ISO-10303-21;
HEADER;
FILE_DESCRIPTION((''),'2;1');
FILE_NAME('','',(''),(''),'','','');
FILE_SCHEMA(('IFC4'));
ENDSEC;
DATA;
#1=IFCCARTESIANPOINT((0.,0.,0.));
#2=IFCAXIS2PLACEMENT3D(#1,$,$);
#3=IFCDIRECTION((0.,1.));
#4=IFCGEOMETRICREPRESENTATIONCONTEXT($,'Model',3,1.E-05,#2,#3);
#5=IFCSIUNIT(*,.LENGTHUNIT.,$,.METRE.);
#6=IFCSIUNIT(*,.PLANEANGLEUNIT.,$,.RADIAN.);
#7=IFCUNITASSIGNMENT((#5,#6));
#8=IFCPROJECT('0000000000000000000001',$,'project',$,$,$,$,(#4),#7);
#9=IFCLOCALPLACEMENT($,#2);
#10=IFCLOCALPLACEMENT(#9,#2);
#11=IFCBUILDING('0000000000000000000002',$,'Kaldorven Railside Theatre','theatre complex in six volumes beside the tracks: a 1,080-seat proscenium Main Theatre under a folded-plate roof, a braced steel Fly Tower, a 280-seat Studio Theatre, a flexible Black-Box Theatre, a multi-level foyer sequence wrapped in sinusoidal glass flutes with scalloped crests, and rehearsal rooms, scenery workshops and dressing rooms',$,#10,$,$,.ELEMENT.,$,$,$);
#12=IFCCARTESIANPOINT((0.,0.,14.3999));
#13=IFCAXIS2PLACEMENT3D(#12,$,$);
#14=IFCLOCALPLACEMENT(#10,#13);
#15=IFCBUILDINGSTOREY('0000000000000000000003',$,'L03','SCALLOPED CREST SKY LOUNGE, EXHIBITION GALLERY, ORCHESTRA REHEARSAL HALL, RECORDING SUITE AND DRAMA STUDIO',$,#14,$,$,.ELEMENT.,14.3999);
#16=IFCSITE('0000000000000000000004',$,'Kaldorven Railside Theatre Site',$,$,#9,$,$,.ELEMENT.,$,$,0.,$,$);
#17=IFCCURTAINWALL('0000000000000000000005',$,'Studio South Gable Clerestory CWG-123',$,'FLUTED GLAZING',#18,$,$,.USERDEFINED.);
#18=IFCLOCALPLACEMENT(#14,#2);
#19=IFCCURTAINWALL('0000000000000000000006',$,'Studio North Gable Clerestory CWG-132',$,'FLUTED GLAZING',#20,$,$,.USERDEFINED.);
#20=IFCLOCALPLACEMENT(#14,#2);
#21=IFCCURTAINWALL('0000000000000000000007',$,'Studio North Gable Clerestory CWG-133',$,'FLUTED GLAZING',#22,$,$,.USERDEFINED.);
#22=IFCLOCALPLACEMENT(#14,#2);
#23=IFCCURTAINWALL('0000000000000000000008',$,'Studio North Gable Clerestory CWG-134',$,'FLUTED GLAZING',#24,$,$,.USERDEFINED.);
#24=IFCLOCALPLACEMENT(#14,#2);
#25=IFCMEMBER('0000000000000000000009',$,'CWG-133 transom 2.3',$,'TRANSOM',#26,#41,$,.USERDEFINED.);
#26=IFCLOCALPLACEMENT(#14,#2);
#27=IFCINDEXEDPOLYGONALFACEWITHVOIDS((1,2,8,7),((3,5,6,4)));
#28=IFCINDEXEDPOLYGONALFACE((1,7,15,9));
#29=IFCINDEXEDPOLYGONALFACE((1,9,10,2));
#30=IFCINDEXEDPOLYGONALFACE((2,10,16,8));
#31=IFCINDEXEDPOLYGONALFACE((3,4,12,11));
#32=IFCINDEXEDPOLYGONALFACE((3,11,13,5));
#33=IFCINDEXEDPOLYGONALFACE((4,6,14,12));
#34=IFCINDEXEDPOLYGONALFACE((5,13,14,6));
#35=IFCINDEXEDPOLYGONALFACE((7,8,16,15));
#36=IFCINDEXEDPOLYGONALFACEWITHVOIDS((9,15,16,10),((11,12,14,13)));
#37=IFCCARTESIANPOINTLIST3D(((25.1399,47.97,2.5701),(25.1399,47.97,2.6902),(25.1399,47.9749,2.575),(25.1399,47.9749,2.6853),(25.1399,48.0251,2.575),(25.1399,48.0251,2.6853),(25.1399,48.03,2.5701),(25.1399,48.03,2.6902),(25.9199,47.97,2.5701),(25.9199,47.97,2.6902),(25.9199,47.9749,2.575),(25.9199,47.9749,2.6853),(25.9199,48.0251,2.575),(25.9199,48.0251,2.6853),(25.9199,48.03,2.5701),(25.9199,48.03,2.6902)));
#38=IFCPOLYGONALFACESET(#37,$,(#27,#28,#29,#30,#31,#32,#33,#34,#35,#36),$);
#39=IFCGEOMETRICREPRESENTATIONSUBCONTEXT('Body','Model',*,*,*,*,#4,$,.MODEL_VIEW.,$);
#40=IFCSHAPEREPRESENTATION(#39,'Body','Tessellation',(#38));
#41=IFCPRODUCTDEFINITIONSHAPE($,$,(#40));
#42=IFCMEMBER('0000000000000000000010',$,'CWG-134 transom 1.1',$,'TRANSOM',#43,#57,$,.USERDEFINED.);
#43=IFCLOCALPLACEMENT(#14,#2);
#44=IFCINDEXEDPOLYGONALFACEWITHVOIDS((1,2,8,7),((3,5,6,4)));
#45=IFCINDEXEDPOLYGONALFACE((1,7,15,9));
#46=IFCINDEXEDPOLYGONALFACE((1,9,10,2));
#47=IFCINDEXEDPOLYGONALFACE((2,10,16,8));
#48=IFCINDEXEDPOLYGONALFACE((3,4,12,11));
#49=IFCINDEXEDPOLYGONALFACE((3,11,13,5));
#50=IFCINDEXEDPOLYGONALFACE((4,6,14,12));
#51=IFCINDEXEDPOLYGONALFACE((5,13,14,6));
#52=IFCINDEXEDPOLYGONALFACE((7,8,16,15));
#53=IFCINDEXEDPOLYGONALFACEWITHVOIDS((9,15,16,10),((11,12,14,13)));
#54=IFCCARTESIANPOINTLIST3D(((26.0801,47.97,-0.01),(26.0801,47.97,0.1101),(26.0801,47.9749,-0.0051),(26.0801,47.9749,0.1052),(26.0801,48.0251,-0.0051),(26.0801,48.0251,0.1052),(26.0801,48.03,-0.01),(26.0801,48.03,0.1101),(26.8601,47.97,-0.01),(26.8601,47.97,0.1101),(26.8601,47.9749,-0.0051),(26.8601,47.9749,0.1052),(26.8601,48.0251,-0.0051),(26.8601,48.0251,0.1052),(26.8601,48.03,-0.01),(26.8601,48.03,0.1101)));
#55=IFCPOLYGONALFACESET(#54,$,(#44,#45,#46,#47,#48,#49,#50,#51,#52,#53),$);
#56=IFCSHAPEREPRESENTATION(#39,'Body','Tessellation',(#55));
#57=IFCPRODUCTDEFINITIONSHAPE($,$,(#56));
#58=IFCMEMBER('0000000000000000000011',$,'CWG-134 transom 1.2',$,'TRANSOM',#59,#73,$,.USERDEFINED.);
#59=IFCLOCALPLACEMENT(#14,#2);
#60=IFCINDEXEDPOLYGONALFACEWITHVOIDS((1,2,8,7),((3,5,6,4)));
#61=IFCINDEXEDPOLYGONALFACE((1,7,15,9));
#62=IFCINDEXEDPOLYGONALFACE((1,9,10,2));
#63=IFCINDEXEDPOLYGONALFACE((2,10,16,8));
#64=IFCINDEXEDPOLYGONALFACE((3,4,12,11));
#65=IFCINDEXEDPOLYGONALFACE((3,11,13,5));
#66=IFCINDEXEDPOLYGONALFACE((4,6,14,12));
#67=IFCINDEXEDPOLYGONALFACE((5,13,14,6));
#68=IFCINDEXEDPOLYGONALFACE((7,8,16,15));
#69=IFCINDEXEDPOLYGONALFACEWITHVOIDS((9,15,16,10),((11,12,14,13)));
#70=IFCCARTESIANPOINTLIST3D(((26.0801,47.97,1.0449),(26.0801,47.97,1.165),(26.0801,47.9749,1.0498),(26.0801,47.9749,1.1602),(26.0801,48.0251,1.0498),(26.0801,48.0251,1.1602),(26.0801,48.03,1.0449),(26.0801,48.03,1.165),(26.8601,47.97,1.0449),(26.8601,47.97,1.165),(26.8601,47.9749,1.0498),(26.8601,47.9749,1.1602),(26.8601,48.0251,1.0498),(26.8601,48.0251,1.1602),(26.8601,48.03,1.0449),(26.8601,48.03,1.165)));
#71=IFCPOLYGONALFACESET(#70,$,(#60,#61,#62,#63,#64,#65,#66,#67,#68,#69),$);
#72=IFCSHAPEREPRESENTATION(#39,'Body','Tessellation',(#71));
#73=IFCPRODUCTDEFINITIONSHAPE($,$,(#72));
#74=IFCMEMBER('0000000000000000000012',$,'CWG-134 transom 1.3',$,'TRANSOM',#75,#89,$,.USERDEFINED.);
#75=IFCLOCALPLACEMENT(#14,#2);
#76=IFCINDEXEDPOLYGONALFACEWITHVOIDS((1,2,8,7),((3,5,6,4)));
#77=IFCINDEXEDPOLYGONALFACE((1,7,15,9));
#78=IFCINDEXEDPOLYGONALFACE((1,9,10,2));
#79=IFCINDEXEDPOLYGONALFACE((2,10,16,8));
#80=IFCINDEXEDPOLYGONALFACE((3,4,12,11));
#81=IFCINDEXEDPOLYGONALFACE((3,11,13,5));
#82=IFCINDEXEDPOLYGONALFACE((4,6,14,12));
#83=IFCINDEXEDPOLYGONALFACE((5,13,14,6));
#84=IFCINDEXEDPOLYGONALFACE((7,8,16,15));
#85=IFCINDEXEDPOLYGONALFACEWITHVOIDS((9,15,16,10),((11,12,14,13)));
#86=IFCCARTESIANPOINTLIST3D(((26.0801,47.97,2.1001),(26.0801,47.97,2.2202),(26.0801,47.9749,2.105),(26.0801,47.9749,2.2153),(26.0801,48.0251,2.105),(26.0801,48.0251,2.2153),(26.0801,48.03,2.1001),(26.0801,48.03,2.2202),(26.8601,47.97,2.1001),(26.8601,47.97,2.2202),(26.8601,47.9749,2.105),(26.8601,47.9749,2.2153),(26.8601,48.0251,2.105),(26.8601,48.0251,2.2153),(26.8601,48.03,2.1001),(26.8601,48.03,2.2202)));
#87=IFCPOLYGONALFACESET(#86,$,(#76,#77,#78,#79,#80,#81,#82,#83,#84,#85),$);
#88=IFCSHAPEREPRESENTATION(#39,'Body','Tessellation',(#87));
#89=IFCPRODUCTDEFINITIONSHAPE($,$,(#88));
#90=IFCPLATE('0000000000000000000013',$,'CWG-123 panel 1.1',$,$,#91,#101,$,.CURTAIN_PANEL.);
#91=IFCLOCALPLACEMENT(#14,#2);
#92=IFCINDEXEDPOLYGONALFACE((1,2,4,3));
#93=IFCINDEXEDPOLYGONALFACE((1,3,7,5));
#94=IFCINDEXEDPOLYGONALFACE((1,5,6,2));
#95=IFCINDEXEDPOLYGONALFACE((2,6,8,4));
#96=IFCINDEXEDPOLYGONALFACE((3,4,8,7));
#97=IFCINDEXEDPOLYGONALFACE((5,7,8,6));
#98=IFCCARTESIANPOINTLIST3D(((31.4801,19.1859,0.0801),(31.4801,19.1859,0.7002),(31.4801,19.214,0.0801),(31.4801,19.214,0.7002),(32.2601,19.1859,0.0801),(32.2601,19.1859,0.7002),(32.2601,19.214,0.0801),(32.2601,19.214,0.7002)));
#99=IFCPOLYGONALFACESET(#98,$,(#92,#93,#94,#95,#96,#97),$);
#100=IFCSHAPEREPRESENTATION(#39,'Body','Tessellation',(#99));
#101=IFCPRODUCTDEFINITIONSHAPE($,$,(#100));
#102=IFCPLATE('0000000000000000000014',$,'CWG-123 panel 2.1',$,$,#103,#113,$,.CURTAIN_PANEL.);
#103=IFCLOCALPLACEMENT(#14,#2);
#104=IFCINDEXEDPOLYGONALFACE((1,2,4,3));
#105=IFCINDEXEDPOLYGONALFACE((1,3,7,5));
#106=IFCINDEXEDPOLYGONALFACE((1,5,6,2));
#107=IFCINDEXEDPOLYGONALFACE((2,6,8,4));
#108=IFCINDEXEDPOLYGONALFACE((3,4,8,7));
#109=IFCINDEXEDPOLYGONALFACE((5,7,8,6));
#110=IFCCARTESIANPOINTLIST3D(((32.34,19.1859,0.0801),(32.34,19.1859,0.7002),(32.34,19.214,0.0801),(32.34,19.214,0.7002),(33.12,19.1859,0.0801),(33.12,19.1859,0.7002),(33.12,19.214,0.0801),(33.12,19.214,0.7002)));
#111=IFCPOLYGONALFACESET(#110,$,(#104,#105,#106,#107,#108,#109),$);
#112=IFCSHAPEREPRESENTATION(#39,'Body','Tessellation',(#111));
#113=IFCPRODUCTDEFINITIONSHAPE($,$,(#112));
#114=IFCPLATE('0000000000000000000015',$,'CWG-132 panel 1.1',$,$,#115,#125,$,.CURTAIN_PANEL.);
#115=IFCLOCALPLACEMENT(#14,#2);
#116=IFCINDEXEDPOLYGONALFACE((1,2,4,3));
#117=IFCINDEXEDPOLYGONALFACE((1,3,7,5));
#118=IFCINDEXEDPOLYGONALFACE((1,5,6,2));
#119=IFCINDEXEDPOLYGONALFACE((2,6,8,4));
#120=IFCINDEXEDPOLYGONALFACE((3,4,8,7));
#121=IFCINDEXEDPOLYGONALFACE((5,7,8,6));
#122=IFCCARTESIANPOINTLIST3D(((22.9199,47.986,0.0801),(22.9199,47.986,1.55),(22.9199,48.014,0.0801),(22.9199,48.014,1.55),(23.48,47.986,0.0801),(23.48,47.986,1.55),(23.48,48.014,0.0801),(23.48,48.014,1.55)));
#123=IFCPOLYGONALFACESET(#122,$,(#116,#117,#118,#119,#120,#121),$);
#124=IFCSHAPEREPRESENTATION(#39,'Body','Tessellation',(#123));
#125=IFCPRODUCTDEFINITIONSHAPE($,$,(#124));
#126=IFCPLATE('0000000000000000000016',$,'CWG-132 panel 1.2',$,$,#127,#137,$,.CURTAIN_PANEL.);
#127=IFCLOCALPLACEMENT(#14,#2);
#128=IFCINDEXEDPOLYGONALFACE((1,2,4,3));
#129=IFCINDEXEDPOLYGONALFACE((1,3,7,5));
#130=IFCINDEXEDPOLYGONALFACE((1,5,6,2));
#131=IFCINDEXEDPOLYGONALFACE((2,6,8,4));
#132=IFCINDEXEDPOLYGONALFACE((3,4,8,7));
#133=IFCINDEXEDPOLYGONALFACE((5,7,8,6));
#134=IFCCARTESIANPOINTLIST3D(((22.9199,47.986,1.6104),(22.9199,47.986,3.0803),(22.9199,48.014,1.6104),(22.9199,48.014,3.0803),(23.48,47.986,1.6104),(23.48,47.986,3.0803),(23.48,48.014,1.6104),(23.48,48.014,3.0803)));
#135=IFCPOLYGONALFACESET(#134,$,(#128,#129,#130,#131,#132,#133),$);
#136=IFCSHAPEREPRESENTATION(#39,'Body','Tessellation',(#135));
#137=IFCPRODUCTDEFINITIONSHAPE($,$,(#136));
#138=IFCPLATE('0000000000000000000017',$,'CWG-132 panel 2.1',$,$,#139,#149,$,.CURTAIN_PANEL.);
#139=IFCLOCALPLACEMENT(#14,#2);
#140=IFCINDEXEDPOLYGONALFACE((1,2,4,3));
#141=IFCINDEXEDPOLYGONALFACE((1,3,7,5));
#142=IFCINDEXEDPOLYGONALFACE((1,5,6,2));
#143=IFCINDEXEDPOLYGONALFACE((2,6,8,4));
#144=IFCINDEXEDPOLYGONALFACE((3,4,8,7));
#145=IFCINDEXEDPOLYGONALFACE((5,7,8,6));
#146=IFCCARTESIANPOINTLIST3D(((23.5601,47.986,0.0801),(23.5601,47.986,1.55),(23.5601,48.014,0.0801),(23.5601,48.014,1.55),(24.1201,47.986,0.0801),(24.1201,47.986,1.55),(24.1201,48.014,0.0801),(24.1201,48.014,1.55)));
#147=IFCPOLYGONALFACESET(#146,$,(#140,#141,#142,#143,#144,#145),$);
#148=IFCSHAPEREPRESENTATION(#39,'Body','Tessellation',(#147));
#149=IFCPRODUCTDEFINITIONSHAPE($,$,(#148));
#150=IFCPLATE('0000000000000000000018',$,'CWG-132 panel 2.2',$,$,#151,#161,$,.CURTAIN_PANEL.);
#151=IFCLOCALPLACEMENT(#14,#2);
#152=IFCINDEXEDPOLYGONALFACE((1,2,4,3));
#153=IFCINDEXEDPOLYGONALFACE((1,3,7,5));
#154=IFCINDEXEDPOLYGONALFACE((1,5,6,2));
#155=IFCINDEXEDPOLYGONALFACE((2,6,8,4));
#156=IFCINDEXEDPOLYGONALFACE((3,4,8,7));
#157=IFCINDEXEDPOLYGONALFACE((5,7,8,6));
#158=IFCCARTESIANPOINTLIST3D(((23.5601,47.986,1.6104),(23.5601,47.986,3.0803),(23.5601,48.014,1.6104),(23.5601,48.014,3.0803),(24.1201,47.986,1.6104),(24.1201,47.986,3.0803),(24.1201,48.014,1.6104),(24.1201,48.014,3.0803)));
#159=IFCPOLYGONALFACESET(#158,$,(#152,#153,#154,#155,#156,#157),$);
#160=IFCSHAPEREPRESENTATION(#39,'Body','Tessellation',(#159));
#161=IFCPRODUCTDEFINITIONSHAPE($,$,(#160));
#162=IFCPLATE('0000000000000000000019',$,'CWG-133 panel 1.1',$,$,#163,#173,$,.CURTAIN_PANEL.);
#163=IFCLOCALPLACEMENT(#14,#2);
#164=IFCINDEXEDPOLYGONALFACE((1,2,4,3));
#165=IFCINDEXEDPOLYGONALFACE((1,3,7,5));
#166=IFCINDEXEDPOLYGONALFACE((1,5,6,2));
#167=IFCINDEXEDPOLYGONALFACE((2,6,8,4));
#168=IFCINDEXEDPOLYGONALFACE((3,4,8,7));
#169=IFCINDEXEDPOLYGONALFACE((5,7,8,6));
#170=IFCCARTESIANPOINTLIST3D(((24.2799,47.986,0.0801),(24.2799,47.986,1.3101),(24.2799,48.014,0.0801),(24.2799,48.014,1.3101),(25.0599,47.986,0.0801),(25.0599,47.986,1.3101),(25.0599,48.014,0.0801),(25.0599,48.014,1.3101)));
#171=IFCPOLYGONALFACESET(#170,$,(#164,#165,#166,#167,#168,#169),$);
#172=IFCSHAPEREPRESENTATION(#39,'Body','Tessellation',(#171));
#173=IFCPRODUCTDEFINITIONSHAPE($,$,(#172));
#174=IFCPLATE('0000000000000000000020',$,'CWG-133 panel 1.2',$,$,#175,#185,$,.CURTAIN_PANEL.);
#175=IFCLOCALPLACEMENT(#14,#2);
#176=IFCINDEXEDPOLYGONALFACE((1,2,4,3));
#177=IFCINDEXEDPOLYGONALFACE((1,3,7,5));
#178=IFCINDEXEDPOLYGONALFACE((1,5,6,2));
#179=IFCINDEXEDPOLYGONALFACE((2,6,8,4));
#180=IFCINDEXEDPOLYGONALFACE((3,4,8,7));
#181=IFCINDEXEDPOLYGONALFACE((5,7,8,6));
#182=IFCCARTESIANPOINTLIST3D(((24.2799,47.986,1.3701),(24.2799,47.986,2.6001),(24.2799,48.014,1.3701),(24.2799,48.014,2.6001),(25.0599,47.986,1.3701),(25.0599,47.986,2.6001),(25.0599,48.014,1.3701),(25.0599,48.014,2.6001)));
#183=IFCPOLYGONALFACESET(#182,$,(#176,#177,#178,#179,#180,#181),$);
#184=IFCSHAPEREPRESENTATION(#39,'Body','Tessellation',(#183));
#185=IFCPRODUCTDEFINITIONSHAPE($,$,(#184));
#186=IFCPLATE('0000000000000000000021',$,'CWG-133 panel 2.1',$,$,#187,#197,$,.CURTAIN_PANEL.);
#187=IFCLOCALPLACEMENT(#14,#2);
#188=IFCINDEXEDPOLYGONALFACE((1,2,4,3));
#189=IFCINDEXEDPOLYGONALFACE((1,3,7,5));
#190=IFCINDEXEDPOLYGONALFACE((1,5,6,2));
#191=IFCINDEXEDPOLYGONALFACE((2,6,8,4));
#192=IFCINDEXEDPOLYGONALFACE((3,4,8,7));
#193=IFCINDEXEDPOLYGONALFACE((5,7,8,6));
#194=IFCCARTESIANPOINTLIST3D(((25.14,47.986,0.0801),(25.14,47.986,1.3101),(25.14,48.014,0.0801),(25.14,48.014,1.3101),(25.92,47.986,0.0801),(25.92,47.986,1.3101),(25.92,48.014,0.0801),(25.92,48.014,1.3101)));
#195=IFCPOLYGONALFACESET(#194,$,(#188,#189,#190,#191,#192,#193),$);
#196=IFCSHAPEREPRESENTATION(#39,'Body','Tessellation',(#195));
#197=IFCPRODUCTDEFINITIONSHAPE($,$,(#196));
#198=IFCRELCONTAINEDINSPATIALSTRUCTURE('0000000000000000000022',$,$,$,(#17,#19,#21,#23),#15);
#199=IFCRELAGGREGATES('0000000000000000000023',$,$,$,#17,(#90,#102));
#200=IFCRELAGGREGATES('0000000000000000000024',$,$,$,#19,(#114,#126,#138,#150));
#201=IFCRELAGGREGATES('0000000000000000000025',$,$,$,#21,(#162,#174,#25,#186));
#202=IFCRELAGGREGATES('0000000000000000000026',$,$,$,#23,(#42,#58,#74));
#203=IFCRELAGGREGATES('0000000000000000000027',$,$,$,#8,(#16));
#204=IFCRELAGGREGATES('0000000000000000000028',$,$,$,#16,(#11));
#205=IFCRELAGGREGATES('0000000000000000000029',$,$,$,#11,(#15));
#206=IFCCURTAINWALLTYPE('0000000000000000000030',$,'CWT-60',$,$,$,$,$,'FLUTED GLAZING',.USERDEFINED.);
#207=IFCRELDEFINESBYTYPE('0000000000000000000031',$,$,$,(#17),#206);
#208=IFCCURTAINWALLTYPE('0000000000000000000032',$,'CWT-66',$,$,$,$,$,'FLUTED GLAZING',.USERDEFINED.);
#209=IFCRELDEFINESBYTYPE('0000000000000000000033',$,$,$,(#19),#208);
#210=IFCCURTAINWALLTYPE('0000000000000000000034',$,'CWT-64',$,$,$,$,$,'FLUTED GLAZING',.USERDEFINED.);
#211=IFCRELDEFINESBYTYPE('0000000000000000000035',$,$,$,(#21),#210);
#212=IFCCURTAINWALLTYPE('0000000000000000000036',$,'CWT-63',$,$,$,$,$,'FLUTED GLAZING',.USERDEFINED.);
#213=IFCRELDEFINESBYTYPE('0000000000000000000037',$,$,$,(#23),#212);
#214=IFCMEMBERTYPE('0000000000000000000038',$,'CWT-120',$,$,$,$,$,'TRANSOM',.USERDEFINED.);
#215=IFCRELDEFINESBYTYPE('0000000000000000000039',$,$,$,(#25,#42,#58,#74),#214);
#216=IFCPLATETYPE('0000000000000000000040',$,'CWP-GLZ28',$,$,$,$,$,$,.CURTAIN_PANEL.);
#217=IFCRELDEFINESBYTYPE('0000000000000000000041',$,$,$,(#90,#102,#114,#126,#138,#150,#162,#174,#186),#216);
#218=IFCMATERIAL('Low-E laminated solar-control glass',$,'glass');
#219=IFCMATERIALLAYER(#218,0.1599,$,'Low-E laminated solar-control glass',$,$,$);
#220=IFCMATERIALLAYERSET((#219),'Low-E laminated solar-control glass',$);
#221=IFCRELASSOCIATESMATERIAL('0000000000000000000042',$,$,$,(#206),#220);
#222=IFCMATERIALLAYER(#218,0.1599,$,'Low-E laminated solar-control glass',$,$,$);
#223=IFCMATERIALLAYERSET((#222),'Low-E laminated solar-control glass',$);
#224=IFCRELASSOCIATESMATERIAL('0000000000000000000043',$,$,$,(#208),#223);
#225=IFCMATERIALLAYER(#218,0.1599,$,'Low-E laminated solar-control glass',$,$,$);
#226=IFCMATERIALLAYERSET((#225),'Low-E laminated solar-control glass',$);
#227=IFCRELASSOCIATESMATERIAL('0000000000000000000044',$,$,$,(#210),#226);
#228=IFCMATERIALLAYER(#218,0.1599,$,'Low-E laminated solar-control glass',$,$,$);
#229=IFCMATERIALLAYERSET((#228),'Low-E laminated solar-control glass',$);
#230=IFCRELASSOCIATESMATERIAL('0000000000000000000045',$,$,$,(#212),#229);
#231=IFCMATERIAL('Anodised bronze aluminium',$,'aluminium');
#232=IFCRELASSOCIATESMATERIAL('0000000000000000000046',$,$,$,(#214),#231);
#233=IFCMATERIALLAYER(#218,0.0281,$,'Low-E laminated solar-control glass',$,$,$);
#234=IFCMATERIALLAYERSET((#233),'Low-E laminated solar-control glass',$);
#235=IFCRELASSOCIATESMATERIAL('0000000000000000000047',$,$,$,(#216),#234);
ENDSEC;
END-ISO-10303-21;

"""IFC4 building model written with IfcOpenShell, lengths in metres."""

from ifc_helpers import new_model, si_unit, direction, frame, origin, origin_2d, place, context, subcontext, project, spatial, rectangle, hollow_rectangle, extrude, material, layer, layer_set, material_profile, profile_set, type_object, element, aggregate, save


model = new_model("IFC4")

# Units and contexts
model_context = context("Model", 3, precision=1e-05, world=origin(), true_north=direction((0.0, 1.0)))
body_context = subcontext(model_context, "Body", "Model", "MODEL_VIEW")
ifc_project = project(units=[si_unit("LENGTHUNIT", "METRE"), si_unit("PLANEANGLEUNIT", "RADIAN")], contexts=[model_context])

# Site, building, storey
site_placement = place(None, origin())
site = spatial("IfcSite", under=ifc_project, at=site_placement, Name="Kaldorven Railside Theatre Site", CompositionType="ELEMENT", RefElevation=0.0)
building_placement = place(site_placement, origin())
building = spatial("IfcBuilding", under=site, at=building_placement, Name="Kaldorven Railside Theatre", Description="theatre complex in six volumes beside the tracks: a 1,080-seat proscenium Main Theatre under a folded-plate roof, a braced steel Fly Tower, a 280-seat Studio Theatre, a flexible Black-Box Theatre, a multi-level foyer sequence wrapped in sinusoidal glass flutes with scalloped crests, and rehearsal rooms, scenery workshops and dressing rooms", CompositionType="ELEMENT")
storey_placement = place(building_placement, frame((0.0, 0.0, 14.3999)))
storey = spatial("IfcBuildingStorey", under=building, at=storey_placement, Name="L03", Description="SCALLOPED CREST SKY LOUNGE, EXHIBITION GALLERY, ORCHESTRA REHEARSAL HALL, RECORDING SUITE AND DRAMA STUDIO", CompositionType="ELEMENT", Elevation=14.3999)

# Curtain walls
ifc_material_1 = material(Name="Low-E laminated solar-control glass", Category="glass")
ifc_layer_1 = layer(ifc_material_1, 0.1599, Name="Low-E laminated solar-control glass")
ifc_layer_set_1 = layer_set([ifc_layer_1], Name="Low-E laminated solar-control glass")
curtain_wall_type_1 = type_object("IfcCurtainWallType", Name="CWT-60", ElementType="FLUTED GLAZING", PredefinedType="USERDEFINED", material=ifc_layer_set_1)
curtain_wall_1_placement = place(storey_placement, origin())
curtain_wall_1 = element("IfcCurtainWall", 1, at=curtain_wall_1_placement, inside=storey, type_object=curtain_wall_type_1, Name="Studio South Gable Clerestory CWG-123", ObjectType="FLUTED GLAZING", PredefinedType="USERDEFINED")
ifc_material_2 = material(Name="Anodised bronze aluminium", Category="aluminium")
ifc_layer_2 = layer(ifc_material_1, 0.1599, Name="Low-E laminated solar-control glass")
ifc_layer_set_2 = layer_set([ifc_layer_2], Name="Low-E laminated solar-control glass")
curtain_wall_type_2 = type_object("IfcCurtainWallType", Name="CWT-66", ElementType="FLUTED GLAZING", PredefinedType="USERDEFINED", material=ifc_layer_set_2)
curtain_wall_2_placement = place(storey_placement, origin())
curtain_wall_2 = element("IfcCurtainWall", 2, at=curtain_wall_2_placement, inside=storey, type_object=curtain_wall_type_2, Name="Studio North Gable Clerestory CWG-132", ObjectType="FLUTED GLAZING", PredefinedType="USERDEFINED")
ifc_layer_3 = layer(ifc_material_1, 0.1599, Name="Low-E laminated solar-control glass")
ifc_layer_set_3 = layer_set([ifc_layer_3], Name="Low-E laminated solar-control glass")
curtain_wall_type_3 = type_object("IfcCurtainWallType", Name="CWT-64", ElementType="FLUTED GLAZING", PredefinedType="USERDEFINED", material=ifc_layer_set_3)
curtain_wall_3_placement = place(storey_placement, origin())
curtain_wall_3 = element("IfcCurtainWall", 3, at=curtain_wall_3_placement, inside=storey, type_object=curtain_wall_type_3, Name="Studio North Gable Clerestory CWG-133", ObjectType="FLUTED GLAZING", PredefinedType="USERDEFINED")

# Curtain wall
ifc_layer_4 = layer(ifc_material_1, 0.1599, Name="Low-E laminated solar-control glass")
ifc_layer_set_4 = layer_set([ifc_layer_4], Name="Low-E laminated solar-control glass")
curtain_wall_type_4 = type_object("IfcCurtainWallType", Name="CWT-63", ElementType="FLUTED GLAZING", PredefinedType="USERDEFINED", material=ifc_layer_set_4)
curtain_wall_4_placement = place(storey_placement, origin())
curtain_wall_4 = element("IfcCurtainWall", 4, at=curtain_wall_4_placement, inside=storey, type_object=curtain_wall_type_4, Name="Studio North Gable Clerestory CWG-134", ObjectType="FLUTED GLAZING", PredefinedType="USERDEFINED")

# Members
ifc_material_profile_1 = material_profile(ifc_material_2, hollow_rectangle(XDim=0.0601, YDim=0.1201, WallThickness=0.0049, at=origin_2d()), Name="RHS 120x60x5")
ifc_profile_set_1 = profile_set([ifc_material_profile_1], Name="Anodised bronze aluminium")
member_type_1 = type_object("IfcMemberType", Name="CWT-120", ElementType="TRANSOM", PredefinedType="USERDEFINED", material=ifc_profile_set_1)
member_1_placement = place(storey_placement, frame((25.1399, 48.0, 2.6301), z_axis=(1.0, 0.0, 0.0), x_axis=(0.0, 1.0, 0.0)))
member_1 = element("IfcMember", 5, at=member_1_placement, type_object=member_type_1, Name="CWG-133 transom 2.3", ObjectType="TRANSOM", PredefinedType="USERDEFINED", context=body_context, shape_type="SweptSolid", body=[
    extrude(hollow_rectangle(XDim=0.0601, YDim=0.1201, WallThickness=0.0049, at=origin_2d()), origin(), (0.0, 0.0, 1.0), 0.78),
])
member_2_placement = place(storey_placement, frame((26.0801, 48.0, 0.05), z_axis=(1.0, 0.0, 0.0), x_axis=(0.0, 1.0, 0.0)))
member_2 = element("IfcMember", 6, at=member_2_placement, type_object=member_type_1, Name="CWG-134 transom 1.1", ObjectType="TRANSOM", PredefinedType="USERDEFINED", context=body_context, shape_type="SweptSolid", body=[
    extrude(hollow_rectangle(XDim=0.0601, YDim=0.1201, WallThickness=0.0049, at=origin_2d()), origin(), (0.0, 0.0, 1.0), 0.78),
])
member_3_placement = place(storey_placement, frame((26.0801, 48.0, 1.105), z_axis=(1.0, 0.0, 0.0), x_axis=(0.0, 1.0, 0.0)))
member_3 = element("IfcMember", 7, at=member_3_placement, type_object=member_type_1, Name="CWG-134 transom 1.2", ObjectType="TRANSOM", PredefinedType="USERDEFINED", context=body_context, shape_type="SweptSolid", body=[
    extrude(hollow_rectangle(XDim=0.0601, YDim=0.1201, WallThickness=0.0049, at=origin_2d()), origin(), (0.0, 0.0, 1.0), 0.78),
])
member_4_placement = place(storey_placement, frame((26.0801, 48.0, 2.1602), z_axis=(1.0, 0.0, 0.0), x_axis=(0.0, 1.0, 0.0)))
member_4 = element("IfcMember", 8, at=member_4_placement, type_object=member_type_1, Name="CWG-134 transom 1.3", ObjectType="TRANSOM", PredefinedType="USERDEFINED", context=body_context, shape_type="SweptSolid", body=[
    extrude(hollow_rectangle(XDim=0.0601, YDim=0.1201, WallThickness=0.0049, at=origin_2d()), origin(), (0.0, 0.0, 1.0), 0.78),
])

# Plates
ifc_layer_5 = layer(ifc_material_1, 0.0281, Name="Low-E laminated solar-control glass")
ifc_layer_set_5 = layer_set([ifc_layer_5], Name="Low-E laminated solar-control glass")
plate_type = type_object("IfcPlateType", Name="CWP-GLZ28", PredefinedType="CURTAIN_PANEL", material=ifc_layer_set_5)
plate_1_placement = place(storey_placement, frame((31.8701, 19.2, 0.0801), z_axis=(0.0, 0.0, 1.0), x_axis=(1.0, 0.0, 0.0)))
plate_1 = element("IfcPlate", 9, at=plate_1_placement, type_object=plate_type, Name="CWG-123 panel 1.1", PredefinedType="CURTAIN_PANEL", context=body_context, shape_type="SweptSolid", body=[
    extrude(rectangle(XDim=0.78, YDim=0.0281, at=origin_2d()), origin(), (0.0, 0.0, 1.0), 0.6201),
])
plate_2_placement = place(storey_placement, frame((32.73, 19.2, 0.0801), z_axis=(0.0, 0.0, 1.0), x_axis=(1.0, 0.0, 0.0)))
plate_2 = element("IfcPlate", 10, at=plate_2_placement, type_object=plate_type, Name="CWG-123 panel 2.1", PredefinedType="CURTAIN_PANEL", context=body_context, shape_type="SweptSolid", body=[
    extrude(rectangle(XDim=0.78, YDim=0.0281, at=origin_2d()), origin(), (0.0, 0.0, 1.0), 0.6201),
])
aggregate(curtain_wall_1, [plate_1, plate_2])
plate_3_placement = place(storey_placement, frame((23.2, 48.0, 0.0801), z_axis=(0.0, 0.0, 1.0), x_axis=(1.0, 0.0, 0.0)))
plate_3 = element("IfcPlate", 11, at=plate_3_placement, type_object=plate_type, Name="CWG-132 panel 1.1", PredefinedType="CURTAIN_PANEL", context=body_context, shape_type="SweptSolid", body=[
    extrude(rectangle(XDim=0.5601, YDim=0.0281, at=origin_2d()), origin(), (0.0, 0.0, 1.0), 1.47),
])
plate_4_placement = place(storey_placement, frame((23.2, 48.0, 1.6104), z_axis=(0.0, 0.0, 1.0), x_axis=(1.0, 0.0, 0.0)))
plate_4 = element("IfcPlate", 12, at=plate_4_placement, type_object=plate_type, Name="CWG-132 panel 1.2", PredefinedType="CURTAIN_PANEL", context=body_context, shape_type="SweptSolid", body=[
    extrude(rectangle(XDim=0.5601, YDim=0.0281, at=origin_2d()), origin(), (0.0, 0.0, 1.0), 1.47),
])
plate_5_placement = place(storey_placement, frame((23.8401, 48.0, 0.0801), z_axis=(0.0, 0.0, 1.0), x_axis=(1.0, 0.0, 0.0)))
plate_5 = element("IfcPlate", 13, at=plate_5_placement, type_object=plate_type, Name="CWG-132 panel 2.1", PredefinedType="CURTAIN_PANEL", context=body_context, shape_type="SweptSolid", body=[
    extrude(rectangle(XDim=0.5601, YDim=0.0281, at=origin_2d()), origin(), (0.0, 0.0, 1.0), 1.47),
])
plate_6_placement = place(storey_placement, frame((23.8401, 48.0, 1.6104), z_axis=(0.0, 0.0, 1.0), x_axis=(1.0, 0.0, 0.0)))
plate_6 = element("IfcPlate", 14, at=plate_6_placement, type_object=plate_type, Name="CWG-132 panel 2.2", PredefinedType="CURTAIN_PANEL", context=body_context, shape_type="SweptSolid", body=[
    extrude(rectangle(XDim=0.5601, YDim=0.0281, at=origin_2d()), origin(), (0.0, 0.0, 1.0), 1.47),
])
aggregate(curtain_wall_2, [plate_3, plate_4, plate_5, plate_6])
plate_7_placement = place(storey_placement, frame((24.6699, 48.0, 0.0801), z_axis=(0.0, 0.0, 1.0), x_axis=(1.0, 0.0, 0.0)))
plate_7 = element("IfcPlate", 15, at=plate_7_placement, type_object=plate_type, Name="CWG-133 panel 1.1", PredefinedType="CURTAIN_PANEL", context=body_context, shape_type="SweptSolid", body=[
    extrude(rectangle(XDim=0.78, YDim=0.0281, at=origin_2d()), origin(), (0.0, 0.0, 1.0), 1.23),
])
plate_8_placement = place(storey_placement, frame((24.6699, 48.0, 1.3701), z_axis=(0.0, 0.0, 1.0), x_axis=(1.0, 0.0, 0.0)))
plate_8 = element("IfcPlate", 16, at=plate_8_placement, type_object=plate_type, Name="CWG-133 panel 1.2", PredefinedType="CURTAIN_PANEL", context=body_context, shape_type="SweptSolid", body=[
    extrude(rectangle(XDim=0.78, YDim=0.0281, at=origin_2d()), origin(), (0.0, 0.0, 1.0), 1.23),
])
plate_9_placement = place(storey_placement, frame((25.53, 48.0, 0.0801), z_axis=(0.0, 0.0, 1.0), x_axis=(1.0, 0.0, 0.0)))
plate_9 = element("IfcPlate", 17, at=plate_9_placement, type_object=plate_type, Name="CWG-133 panel 2.1", PredefinedType="CURTAIN_PANEL", context=body_context, shape_type="SweptSolid", body=[
    extrude(rectangle(XDim=0.78, YDim=0.0281, at=origin_2d()), origin(), (0.0, 0.0, 1.0), 1.23),
])
aggregate(curtain_wall_3, [plate_7, plate_8, member_1, plate_9])
aggregate(curtain_wall_4, [member_2, member_3, member_4])

save(model, "model.ifc")
